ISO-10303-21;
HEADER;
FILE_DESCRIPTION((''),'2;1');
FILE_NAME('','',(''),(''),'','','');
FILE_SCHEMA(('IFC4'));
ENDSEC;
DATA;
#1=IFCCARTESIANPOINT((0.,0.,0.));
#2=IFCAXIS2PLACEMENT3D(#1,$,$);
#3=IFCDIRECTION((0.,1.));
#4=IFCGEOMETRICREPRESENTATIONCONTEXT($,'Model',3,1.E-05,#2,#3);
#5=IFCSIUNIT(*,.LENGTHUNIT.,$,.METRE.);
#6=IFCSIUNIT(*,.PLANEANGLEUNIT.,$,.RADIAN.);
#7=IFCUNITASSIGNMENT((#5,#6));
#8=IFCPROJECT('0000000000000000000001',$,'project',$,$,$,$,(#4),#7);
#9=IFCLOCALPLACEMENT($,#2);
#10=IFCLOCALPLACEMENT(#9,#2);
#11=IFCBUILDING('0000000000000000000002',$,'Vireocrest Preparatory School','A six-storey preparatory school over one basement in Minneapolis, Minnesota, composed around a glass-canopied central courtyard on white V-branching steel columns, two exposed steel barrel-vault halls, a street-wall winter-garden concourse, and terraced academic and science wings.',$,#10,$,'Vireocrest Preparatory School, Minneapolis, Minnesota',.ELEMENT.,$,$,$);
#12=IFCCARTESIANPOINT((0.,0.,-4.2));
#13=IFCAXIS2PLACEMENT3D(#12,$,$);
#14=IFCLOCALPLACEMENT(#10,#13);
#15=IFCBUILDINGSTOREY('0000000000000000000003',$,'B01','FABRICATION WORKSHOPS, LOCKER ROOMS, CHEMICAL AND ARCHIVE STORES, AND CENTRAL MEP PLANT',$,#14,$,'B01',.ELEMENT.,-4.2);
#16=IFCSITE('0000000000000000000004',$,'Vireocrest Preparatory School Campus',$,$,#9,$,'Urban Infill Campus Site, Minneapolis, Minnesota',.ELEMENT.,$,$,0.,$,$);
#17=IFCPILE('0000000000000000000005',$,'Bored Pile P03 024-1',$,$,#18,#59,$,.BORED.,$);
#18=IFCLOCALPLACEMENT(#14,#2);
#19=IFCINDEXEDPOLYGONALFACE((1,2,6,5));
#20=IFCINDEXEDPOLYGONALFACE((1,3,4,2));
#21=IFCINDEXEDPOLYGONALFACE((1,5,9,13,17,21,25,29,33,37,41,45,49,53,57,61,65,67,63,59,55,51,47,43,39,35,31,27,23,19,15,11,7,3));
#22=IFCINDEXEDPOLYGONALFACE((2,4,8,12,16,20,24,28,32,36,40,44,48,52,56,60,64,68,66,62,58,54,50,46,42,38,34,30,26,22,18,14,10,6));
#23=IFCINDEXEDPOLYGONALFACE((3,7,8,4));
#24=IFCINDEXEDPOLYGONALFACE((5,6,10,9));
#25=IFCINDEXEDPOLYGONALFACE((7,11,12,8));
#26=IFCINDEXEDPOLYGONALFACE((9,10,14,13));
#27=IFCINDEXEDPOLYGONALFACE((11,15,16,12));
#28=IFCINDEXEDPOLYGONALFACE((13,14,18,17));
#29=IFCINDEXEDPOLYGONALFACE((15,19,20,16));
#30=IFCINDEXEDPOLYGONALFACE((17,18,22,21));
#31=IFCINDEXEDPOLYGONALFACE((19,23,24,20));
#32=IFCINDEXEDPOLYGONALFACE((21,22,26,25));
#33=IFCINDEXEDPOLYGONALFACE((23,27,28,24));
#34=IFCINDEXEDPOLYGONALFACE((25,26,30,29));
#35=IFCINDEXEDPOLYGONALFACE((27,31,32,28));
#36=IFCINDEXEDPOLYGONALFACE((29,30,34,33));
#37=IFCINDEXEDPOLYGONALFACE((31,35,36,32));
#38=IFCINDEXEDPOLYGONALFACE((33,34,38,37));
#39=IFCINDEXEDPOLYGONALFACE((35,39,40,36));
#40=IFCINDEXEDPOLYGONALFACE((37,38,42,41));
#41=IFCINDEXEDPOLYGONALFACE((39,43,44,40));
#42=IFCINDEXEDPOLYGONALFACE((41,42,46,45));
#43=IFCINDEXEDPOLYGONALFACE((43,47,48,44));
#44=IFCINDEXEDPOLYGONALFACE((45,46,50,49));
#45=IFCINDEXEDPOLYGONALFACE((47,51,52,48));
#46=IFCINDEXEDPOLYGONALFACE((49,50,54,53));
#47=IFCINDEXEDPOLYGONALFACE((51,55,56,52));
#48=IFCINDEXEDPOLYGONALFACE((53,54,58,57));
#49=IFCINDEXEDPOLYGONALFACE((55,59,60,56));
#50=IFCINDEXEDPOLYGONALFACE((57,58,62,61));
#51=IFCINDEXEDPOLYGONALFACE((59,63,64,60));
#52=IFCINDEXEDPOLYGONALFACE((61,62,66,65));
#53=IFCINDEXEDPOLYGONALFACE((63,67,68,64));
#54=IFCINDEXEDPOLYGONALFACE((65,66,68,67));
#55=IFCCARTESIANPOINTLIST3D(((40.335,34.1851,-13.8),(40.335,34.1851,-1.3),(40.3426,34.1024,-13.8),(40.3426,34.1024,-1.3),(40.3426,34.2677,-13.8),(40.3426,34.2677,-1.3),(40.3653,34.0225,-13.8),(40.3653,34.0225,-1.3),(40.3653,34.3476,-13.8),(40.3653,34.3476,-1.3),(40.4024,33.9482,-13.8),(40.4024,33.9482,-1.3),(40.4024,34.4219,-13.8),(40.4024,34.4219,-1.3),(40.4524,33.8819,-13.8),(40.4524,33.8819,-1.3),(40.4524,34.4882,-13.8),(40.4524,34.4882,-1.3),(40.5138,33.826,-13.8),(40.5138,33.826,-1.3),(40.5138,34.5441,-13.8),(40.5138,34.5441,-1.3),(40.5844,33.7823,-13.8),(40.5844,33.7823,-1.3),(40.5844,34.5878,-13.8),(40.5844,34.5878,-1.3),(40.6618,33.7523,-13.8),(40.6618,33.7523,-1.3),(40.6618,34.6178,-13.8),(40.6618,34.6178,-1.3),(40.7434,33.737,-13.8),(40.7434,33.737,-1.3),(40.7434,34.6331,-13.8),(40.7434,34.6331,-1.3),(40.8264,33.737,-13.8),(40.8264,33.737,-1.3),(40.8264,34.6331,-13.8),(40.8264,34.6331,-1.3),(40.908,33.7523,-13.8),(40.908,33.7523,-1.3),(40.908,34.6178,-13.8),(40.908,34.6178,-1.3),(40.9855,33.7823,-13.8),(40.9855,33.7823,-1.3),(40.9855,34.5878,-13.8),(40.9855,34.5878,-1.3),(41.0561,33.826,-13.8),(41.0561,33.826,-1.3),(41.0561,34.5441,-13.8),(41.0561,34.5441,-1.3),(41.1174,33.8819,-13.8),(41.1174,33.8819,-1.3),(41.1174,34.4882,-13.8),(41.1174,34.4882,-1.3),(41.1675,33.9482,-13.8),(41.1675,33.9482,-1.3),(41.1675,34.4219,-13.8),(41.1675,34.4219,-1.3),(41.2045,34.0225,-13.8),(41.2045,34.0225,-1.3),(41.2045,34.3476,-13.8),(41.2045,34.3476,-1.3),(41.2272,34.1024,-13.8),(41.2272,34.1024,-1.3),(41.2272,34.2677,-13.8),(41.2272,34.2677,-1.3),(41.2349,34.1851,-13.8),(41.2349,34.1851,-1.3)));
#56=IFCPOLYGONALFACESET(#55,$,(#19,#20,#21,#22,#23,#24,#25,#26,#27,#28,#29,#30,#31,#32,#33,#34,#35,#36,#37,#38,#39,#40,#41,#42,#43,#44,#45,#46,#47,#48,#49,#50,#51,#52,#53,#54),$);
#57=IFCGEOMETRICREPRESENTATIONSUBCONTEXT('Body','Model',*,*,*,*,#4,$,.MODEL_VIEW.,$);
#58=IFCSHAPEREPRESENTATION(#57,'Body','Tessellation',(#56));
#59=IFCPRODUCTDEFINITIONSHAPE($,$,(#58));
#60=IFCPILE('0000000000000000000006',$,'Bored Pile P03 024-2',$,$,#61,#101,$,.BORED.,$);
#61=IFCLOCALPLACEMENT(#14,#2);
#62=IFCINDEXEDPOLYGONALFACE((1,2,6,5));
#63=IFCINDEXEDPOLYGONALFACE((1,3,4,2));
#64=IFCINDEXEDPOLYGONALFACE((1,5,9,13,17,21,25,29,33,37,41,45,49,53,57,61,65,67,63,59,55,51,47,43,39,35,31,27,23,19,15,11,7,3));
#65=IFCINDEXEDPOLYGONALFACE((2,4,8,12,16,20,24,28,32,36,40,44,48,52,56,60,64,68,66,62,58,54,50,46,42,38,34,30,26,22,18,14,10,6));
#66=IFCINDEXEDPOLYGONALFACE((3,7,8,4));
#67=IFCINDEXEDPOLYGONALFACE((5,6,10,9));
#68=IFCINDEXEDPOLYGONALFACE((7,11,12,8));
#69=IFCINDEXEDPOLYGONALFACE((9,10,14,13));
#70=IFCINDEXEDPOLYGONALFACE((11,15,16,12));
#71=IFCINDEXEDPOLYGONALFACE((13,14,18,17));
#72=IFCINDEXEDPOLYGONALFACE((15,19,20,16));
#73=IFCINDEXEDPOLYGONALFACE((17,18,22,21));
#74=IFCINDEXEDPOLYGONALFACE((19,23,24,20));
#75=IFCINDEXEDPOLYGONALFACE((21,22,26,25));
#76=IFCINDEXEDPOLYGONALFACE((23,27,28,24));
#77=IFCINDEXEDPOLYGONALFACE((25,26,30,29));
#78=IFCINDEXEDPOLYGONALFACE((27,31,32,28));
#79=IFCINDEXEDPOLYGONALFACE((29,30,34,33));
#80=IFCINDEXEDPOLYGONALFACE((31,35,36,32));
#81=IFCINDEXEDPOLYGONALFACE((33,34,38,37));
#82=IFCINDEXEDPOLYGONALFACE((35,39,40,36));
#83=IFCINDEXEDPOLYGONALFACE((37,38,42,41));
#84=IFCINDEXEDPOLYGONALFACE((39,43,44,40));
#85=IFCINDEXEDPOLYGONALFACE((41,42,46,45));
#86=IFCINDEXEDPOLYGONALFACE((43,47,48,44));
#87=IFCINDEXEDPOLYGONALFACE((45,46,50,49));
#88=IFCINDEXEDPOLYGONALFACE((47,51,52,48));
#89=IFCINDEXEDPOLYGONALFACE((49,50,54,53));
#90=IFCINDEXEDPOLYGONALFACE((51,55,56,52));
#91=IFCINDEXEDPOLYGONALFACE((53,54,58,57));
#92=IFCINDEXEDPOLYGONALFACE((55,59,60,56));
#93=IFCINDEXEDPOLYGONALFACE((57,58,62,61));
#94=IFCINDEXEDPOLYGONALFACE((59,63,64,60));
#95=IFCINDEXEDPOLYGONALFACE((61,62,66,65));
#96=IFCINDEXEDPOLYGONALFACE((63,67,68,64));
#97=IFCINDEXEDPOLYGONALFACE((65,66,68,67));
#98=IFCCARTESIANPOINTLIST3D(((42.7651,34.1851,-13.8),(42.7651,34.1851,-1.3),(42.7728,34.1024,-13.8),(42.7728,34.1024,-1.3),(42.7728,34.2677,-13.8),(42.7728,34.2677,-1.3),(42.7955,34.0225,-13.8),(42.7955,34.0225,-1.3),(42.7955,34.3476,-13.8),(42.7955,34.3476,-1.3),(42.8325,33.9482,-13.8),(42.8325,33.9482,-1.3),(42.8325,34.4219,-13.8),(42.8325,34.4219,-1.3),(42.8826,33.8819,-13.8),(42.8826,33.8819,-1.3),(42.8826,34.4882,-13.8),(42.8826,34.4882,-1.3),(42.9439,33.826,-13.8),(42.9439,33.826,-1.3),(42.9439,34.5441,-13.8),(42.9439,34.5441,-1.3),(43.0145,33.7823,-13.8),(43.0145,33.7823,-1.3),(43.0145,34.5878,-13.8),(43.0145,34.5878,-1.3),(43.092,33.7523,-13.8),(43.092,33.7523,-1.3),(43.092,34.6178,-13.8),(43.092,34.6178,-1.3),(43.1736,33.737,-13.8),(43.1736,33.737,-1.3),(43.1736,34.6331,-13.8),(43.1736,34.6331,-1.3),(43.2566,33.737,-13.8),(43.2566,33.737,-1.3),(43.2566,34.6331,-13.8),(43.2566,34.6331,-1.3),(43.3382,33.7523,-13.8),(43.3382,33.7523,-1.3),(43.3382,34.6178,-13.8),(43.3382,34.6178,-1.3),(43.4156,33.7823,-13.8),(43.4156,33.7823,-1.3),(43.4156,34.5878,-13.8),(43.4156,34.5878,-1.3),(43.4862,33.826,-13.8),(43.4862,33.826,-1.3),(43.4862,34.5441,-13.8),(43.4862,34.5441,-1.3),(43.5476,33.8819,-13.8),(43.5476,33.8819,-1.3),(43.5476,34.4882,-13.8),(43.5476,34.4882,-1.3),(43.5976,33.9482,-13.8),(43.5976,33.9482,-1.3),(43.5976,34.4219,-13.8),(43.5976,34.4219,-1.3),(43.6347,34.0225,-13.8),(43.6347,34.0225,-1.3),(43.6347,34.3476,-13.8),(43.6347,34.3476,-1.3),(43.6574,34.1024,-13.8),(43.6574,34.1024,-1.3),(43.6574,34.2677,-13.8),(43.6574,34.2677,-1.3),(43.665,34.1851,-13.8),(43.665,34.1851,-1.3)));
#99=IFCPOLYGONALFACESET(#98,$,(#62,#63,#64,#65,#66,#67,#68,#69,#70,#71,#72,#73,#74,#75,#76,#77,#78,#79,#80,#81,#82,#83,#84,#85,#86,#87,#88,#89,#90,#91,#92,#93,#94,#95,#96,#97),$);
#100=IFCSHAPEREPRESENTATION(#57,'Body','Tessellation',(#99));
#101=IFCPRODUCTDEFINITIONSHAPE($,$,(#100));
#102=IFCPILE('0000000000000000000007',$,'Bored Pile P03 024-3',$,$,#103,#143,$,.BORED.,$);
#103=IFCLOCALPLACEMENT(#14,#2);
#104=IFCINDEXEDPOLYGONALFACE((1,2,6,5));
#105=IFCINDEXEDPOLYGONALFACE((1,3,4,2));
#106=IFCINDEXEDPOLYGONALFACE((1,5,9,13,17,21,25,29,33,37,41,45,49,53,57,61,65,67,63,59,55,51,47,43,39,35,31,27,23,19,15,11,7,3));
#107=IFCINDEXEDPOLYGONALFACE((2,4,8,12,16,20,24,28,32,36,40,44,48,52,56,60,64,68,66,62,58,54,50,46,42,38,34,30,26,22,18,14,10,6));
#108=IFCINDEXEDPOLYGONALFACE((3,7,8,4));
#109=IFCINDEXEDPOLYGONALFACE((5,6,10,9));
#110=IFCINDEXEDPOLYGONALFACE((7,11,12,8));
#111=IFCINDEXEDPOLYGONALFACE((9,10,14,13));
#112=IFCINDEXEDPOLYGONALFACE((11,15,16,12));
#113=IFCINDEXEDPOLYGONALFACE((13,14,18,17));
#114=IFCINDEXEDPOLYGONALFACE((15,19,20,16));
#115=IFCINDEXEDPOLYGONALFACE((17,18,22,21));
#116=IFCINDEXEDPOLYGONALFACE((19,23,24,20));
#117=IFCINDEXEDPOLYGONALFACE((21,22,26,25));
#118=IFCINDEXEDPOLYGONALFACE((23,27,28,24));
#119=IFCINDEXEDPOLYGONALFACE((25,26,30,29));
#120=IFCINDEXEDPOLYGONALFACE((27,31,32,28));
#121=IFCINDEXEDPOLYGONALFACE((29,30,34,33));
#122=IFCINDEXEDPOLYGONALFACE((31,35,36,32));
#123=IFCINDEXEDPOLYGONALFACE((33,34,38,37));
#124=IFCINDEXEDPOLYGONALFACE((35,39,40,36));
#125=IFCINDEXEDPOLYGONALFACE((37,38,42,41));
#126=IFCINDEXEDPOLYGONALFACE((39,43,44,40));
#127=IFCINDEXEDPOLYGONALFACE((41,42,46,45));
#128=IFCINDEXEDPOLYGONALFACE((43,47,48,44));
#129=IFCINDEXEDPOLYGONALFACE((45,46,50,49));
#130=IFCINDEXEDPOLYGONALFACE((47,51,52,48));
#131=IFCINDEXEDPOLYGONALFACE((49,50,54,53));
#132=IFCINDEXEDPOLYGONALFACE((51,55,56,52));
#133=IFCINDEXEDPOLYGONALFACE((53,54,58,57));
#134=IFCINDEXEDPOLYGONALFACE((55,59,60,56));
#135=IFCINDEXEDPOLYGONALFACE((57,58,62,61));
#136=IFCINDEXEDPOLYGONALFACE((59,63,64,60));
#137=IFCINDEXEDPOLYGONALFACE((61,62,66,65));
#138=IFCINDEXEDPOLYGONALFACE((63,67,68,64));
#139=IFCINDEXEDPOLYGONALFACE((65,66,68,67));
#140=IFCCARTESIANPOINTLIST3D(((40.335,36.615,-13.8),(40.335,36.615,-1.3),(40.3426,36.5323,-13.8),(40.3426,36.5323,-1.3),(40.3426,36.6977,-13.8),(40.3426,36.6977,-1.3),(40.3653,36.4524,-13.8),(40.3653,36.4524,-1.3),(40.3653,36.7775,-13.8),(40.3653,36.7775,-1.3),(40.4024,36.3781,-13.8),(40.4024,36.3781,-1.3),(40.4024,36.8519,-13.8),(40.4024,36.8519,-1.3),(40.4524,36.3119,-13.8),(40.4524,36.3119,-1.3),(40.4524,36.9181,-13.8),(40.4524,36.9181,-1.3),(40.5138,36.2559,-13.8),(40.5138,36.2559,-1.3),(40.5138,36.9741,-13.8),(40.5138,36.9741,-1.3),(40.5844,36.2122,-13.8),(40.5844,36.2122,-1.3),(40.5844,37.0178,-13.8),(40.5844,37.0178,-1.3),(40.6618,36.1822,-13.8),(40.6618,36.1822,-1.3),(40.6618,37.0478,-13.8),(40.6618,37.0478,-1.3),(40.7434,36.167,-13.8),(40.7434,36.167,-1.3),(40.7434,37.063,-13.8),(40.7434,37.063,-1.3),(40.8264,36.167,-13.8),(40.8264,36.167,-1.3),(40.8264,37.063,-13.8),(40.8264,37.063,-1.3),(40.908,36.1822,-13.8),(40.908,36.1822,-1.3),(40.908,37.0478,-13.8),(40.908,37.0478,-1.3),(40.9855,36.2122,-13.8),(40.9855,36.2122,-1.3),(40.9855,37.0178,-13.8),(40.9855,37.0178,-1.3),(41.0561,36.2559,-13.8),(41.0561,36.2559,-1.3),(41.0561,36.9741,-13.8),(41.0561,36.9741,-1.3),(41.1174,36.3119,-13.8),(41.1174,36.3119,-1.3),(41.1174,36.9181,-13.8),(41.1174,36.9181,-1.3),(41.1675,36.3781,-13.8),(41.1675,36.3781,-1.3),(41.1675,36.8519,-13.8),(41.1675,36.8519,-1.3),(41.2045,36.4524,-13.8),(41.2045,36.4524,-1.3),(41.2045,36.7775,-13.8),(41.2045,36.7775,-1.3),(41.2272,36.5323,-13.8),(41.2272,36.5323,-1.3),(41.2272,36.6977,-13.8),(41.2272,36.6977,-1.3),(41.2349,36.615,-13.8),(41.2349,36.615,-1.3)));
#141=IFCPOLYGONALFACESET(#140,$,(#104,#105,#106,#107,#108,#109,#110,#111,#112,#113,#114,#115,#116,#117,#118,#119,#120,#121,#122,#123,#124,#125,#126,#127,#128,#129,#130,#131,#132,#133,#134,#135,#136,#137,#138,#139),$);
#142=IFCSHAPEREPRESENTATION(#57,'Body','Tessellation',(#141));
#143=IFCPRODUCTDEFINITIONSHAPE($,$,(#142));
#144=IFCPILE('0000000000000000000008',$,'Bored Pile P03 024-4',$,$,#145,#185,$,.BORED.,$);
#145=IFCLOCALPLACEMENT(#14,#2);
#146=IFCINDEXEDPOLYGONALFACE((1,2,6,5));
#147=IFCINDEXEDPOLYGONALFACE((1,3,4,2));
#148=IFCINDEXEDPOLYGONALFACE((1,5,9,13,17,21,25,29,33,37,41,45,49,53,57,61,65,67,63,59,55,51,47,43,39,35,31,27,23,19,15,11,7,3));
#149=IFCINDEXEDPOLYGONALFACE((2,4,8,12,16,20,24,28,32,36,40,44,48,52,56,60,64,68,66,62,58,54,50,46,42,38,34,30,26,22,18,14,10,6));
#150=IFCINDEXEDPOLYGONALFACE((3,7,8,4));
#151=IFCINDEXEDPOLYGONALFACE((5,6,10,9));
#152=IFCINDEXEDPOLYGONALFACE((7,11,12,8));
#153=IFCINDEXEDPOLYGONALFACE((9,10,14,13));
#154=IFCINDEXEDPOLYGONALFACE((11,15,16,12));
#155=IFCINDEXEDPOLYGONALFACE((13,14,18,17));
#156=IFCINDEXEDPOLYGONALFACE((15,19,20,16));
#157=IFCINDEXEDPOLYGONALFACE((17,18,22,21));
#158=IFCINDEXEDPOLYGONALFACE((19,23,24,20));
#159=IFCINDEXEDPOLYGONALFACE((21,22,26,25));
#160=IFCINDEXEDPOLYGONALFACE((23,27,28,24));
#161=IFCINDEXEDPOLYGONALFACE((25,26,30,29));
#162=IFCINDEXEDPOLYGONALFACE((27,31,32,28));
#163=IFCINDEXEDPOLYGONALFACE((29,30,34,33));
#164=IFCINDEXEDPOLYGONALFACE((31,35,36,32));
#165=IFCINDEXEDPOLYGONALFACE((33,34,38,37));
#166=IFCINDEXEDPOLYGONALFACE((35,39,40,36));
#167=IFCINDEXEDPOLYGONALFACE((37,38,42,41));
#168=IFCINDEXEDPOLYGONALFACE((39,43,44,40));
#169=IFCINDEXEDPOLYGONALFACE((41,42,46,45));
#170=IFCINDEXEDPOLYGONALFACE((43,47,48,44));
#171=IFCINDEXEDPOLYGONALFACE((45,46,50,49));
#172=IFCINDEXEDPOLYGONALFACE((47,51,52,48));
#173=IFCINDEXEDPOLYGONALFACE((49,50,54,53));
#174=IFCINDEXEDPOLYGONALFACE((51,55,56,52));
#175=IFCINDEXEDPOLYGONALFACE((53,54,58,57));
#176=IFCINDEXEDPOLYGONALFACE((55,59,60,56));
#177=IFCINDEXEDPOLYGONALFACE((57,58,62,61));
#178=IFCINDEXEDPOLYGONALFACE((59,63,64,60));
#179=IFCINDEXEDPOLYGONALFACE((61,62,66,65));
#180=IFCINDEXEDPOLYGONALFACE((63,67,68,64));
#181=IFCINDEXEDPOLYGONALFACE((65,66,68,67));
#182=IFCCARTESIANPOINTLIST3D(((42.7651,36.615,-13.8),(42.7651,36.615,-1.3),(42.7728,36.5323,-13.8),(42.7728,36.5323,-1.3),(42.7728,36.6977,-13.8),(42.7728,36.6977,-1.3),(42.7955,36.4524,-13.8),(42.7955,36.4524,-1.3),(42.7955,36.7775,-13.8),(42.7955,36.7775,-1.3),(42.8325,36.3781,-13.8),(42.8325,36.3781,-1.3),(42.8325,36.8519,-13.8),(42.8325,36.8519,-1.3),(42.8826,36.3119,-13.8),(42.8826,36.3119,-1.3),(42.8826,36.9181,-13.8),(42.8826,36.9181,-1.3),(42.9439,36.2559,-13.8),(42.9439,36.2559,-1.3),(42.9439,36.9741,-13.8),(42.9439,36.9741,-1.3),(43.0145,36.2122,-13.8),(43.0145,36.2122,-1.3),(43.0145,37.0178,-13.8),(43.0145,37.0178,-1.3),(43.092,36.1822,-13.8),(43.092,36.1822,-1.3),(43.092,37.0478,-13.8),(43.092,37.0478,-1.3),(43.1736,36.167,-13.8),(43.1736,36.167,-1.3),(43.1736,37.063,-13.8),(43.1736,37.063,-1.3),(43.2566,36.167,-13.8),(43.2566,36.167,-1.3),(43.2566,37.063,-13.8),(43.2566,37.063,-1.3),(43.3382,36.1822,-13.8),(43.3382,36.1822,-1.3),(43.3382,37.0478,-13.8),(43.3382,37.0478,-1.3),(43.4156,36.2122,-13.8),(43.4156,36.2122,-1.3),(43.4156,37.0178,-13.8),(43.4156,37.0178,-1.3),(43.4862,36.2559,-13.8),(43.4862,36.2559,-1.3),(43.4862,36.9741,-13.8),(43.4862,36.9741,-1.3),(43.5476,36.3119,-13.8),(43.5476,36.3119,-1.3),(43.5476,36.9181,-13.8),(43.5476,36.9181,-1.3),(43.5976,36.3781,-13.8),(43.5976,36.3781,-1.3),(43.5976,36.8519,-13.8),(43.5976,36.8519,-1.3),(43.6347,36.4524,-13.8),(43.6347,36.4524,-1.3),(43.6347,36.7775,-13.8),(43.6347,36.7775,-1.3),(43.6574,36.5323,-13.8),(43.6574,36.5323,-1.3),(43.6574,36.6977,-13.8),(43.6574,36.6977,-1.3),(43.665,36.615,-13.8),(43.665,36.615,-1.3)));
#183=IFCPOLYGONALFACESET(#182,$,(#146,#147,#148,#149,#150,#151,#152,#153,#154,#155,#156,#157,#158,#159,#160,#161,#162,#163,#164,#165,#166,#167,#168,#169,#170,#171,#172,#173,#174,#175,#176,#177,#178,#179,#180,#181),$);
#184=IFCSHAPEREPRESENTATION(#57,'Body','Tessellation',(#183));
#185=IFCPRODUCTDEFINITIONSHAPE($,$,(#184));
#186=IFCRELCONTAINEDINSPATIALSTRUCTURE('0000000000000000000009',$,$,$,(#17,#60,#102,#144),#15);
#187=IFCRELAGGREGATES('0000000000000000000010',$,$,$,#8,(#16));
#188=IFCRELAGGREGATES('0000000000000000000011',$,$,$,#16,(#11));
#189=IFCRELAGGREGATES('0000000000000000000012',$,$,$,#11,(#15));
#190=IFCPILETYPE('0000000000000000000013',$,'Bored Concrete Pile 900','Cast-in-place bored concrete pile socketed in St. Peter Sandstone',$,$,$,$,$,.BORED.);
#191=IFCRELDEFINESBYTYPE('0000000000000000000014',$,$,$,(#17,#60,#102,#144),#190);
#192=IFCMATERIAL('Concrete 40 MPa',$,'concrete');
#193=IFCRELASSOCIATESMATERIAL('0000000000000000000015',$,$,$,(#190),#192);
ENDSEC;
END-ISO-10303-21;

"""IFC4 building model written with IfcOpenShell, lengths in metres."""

from ifc_helpers import new_model, si_unit, direction, frame, origin, origin_2d, place, context, subcontext, project, spatial, circle, extrude, material, material_profile, profile_set, type_object, element, save


model = new_model("IFC4")

# Units and contexts
model_context = context("Model", 3, precision=1e-05, world=origin(), true_north=direction((0.0, 1.0)))
body_context = subcontext(model_context, "Body", "Model", "MODEL_VIEW")
ifc_project = project(units=[si_unit("LENGTHUNIT", "METRE"), si_unit("PLANEANGLEUNIT", "RADIAN")], contexts=[model_context])

# Site, building, storey
site_placement = place(None, origin())
site = spatial("IfcSite", under=ifc_project, at=site_placement, Name="Vireocrest Preparatory School Campus", LongName="Urban Infill Campus Site, Minneapolis, Minnesota", CompositionType="ELEMENT", RefElevation=0.0)
building_placement = place(site_placement, origin())
building = spatial("IfcBuilding", under=site, at=building_placement, Name="Vireocrest Preparatory School", Description="A six-storey preparatory school over one basement in Minneapolis, Minnesota, composed around a glass-canopied central courtyard on white V-branching steel columns, two exposed steel barrel-vault halls, a street-wall winter-garden concourse, and terraced academic and science wings.", LongName="Vireocrest Preparatory School, Minneapolis, Minnesota", CompositionType="ELEMENT")
storey_placement = place(building_placement, frame((0.0, 0.0, -4.2)))
storey = spatial("IfcBuildingStorey", under=building, at=storey_placement, Name="B01", Description="FABRICATION WORKSHOPS, LOCKER ROOMS, CHEMICAL AND ARCHIVE STORES, AND CENTRAL MEP PLANT", LongName="B01", CompositionType="ELEMENT", Elevation=-4.2)

# Piles
ifc_material_1 = material(Name="Concrete 40 MPa", Category="concrete")
ifc_material_profile_1 = material_profile(ifc_material_1, circle(Radius=0.45, at=origin_2d()), Name="BORED PILE 900")
ifc_profile_set_1 = profile_set([ifc_material_profile_1], Name="Concrete 40 MPa")
pile_type = type_object("IfcPileType", Name="Bored Concrete Pile 900", Description="Cast-in-place bored concrete pile socketed in St. Peter Sandstone", PredefinedType="BORED", material=ifc_profile_set_1)
for number, where, z_axis, x_axis, name in (
    (1, (40.7849, 34.1851, -1.3), (0.0, 0.0, -1.0), (1.0, 0.0, 0.0), "Bored Pile P03 024-1"),
    (2, (43.2151, 34.1851, -1.3), (0.0, 0.0, -1.0), (1.0, 0.0, 0.0), "Bored Pile P03 024-2"),
    (3, (40.7849, 36.615, -1.3), (0.0, 0.0, -1.0), (1.0, 0.0, 0.0), "Bored Pile P03 024-3"),
    (4, (43.2151, 36.615, -1.3), (0.0, 0.0, -1.0), (1.0, 0.0, 0.0), "Bored Pile P03 024-4"),
):
    element("IfcPile", number, at=place(storey_placement, frame(where, z_axis=z_axis, x_axis=x_axis)), inside=storey, type_object=pile_type, Name=name, PredefinedType="BORED", context=body_context, shape_type="SweptSolid", body=[
        extrude(circle(Radius=0.45, at=origin_2d()), origin(), (0.0, 0.0, 1.0), 12.5),
    ])

save(model, "model.ifc")
